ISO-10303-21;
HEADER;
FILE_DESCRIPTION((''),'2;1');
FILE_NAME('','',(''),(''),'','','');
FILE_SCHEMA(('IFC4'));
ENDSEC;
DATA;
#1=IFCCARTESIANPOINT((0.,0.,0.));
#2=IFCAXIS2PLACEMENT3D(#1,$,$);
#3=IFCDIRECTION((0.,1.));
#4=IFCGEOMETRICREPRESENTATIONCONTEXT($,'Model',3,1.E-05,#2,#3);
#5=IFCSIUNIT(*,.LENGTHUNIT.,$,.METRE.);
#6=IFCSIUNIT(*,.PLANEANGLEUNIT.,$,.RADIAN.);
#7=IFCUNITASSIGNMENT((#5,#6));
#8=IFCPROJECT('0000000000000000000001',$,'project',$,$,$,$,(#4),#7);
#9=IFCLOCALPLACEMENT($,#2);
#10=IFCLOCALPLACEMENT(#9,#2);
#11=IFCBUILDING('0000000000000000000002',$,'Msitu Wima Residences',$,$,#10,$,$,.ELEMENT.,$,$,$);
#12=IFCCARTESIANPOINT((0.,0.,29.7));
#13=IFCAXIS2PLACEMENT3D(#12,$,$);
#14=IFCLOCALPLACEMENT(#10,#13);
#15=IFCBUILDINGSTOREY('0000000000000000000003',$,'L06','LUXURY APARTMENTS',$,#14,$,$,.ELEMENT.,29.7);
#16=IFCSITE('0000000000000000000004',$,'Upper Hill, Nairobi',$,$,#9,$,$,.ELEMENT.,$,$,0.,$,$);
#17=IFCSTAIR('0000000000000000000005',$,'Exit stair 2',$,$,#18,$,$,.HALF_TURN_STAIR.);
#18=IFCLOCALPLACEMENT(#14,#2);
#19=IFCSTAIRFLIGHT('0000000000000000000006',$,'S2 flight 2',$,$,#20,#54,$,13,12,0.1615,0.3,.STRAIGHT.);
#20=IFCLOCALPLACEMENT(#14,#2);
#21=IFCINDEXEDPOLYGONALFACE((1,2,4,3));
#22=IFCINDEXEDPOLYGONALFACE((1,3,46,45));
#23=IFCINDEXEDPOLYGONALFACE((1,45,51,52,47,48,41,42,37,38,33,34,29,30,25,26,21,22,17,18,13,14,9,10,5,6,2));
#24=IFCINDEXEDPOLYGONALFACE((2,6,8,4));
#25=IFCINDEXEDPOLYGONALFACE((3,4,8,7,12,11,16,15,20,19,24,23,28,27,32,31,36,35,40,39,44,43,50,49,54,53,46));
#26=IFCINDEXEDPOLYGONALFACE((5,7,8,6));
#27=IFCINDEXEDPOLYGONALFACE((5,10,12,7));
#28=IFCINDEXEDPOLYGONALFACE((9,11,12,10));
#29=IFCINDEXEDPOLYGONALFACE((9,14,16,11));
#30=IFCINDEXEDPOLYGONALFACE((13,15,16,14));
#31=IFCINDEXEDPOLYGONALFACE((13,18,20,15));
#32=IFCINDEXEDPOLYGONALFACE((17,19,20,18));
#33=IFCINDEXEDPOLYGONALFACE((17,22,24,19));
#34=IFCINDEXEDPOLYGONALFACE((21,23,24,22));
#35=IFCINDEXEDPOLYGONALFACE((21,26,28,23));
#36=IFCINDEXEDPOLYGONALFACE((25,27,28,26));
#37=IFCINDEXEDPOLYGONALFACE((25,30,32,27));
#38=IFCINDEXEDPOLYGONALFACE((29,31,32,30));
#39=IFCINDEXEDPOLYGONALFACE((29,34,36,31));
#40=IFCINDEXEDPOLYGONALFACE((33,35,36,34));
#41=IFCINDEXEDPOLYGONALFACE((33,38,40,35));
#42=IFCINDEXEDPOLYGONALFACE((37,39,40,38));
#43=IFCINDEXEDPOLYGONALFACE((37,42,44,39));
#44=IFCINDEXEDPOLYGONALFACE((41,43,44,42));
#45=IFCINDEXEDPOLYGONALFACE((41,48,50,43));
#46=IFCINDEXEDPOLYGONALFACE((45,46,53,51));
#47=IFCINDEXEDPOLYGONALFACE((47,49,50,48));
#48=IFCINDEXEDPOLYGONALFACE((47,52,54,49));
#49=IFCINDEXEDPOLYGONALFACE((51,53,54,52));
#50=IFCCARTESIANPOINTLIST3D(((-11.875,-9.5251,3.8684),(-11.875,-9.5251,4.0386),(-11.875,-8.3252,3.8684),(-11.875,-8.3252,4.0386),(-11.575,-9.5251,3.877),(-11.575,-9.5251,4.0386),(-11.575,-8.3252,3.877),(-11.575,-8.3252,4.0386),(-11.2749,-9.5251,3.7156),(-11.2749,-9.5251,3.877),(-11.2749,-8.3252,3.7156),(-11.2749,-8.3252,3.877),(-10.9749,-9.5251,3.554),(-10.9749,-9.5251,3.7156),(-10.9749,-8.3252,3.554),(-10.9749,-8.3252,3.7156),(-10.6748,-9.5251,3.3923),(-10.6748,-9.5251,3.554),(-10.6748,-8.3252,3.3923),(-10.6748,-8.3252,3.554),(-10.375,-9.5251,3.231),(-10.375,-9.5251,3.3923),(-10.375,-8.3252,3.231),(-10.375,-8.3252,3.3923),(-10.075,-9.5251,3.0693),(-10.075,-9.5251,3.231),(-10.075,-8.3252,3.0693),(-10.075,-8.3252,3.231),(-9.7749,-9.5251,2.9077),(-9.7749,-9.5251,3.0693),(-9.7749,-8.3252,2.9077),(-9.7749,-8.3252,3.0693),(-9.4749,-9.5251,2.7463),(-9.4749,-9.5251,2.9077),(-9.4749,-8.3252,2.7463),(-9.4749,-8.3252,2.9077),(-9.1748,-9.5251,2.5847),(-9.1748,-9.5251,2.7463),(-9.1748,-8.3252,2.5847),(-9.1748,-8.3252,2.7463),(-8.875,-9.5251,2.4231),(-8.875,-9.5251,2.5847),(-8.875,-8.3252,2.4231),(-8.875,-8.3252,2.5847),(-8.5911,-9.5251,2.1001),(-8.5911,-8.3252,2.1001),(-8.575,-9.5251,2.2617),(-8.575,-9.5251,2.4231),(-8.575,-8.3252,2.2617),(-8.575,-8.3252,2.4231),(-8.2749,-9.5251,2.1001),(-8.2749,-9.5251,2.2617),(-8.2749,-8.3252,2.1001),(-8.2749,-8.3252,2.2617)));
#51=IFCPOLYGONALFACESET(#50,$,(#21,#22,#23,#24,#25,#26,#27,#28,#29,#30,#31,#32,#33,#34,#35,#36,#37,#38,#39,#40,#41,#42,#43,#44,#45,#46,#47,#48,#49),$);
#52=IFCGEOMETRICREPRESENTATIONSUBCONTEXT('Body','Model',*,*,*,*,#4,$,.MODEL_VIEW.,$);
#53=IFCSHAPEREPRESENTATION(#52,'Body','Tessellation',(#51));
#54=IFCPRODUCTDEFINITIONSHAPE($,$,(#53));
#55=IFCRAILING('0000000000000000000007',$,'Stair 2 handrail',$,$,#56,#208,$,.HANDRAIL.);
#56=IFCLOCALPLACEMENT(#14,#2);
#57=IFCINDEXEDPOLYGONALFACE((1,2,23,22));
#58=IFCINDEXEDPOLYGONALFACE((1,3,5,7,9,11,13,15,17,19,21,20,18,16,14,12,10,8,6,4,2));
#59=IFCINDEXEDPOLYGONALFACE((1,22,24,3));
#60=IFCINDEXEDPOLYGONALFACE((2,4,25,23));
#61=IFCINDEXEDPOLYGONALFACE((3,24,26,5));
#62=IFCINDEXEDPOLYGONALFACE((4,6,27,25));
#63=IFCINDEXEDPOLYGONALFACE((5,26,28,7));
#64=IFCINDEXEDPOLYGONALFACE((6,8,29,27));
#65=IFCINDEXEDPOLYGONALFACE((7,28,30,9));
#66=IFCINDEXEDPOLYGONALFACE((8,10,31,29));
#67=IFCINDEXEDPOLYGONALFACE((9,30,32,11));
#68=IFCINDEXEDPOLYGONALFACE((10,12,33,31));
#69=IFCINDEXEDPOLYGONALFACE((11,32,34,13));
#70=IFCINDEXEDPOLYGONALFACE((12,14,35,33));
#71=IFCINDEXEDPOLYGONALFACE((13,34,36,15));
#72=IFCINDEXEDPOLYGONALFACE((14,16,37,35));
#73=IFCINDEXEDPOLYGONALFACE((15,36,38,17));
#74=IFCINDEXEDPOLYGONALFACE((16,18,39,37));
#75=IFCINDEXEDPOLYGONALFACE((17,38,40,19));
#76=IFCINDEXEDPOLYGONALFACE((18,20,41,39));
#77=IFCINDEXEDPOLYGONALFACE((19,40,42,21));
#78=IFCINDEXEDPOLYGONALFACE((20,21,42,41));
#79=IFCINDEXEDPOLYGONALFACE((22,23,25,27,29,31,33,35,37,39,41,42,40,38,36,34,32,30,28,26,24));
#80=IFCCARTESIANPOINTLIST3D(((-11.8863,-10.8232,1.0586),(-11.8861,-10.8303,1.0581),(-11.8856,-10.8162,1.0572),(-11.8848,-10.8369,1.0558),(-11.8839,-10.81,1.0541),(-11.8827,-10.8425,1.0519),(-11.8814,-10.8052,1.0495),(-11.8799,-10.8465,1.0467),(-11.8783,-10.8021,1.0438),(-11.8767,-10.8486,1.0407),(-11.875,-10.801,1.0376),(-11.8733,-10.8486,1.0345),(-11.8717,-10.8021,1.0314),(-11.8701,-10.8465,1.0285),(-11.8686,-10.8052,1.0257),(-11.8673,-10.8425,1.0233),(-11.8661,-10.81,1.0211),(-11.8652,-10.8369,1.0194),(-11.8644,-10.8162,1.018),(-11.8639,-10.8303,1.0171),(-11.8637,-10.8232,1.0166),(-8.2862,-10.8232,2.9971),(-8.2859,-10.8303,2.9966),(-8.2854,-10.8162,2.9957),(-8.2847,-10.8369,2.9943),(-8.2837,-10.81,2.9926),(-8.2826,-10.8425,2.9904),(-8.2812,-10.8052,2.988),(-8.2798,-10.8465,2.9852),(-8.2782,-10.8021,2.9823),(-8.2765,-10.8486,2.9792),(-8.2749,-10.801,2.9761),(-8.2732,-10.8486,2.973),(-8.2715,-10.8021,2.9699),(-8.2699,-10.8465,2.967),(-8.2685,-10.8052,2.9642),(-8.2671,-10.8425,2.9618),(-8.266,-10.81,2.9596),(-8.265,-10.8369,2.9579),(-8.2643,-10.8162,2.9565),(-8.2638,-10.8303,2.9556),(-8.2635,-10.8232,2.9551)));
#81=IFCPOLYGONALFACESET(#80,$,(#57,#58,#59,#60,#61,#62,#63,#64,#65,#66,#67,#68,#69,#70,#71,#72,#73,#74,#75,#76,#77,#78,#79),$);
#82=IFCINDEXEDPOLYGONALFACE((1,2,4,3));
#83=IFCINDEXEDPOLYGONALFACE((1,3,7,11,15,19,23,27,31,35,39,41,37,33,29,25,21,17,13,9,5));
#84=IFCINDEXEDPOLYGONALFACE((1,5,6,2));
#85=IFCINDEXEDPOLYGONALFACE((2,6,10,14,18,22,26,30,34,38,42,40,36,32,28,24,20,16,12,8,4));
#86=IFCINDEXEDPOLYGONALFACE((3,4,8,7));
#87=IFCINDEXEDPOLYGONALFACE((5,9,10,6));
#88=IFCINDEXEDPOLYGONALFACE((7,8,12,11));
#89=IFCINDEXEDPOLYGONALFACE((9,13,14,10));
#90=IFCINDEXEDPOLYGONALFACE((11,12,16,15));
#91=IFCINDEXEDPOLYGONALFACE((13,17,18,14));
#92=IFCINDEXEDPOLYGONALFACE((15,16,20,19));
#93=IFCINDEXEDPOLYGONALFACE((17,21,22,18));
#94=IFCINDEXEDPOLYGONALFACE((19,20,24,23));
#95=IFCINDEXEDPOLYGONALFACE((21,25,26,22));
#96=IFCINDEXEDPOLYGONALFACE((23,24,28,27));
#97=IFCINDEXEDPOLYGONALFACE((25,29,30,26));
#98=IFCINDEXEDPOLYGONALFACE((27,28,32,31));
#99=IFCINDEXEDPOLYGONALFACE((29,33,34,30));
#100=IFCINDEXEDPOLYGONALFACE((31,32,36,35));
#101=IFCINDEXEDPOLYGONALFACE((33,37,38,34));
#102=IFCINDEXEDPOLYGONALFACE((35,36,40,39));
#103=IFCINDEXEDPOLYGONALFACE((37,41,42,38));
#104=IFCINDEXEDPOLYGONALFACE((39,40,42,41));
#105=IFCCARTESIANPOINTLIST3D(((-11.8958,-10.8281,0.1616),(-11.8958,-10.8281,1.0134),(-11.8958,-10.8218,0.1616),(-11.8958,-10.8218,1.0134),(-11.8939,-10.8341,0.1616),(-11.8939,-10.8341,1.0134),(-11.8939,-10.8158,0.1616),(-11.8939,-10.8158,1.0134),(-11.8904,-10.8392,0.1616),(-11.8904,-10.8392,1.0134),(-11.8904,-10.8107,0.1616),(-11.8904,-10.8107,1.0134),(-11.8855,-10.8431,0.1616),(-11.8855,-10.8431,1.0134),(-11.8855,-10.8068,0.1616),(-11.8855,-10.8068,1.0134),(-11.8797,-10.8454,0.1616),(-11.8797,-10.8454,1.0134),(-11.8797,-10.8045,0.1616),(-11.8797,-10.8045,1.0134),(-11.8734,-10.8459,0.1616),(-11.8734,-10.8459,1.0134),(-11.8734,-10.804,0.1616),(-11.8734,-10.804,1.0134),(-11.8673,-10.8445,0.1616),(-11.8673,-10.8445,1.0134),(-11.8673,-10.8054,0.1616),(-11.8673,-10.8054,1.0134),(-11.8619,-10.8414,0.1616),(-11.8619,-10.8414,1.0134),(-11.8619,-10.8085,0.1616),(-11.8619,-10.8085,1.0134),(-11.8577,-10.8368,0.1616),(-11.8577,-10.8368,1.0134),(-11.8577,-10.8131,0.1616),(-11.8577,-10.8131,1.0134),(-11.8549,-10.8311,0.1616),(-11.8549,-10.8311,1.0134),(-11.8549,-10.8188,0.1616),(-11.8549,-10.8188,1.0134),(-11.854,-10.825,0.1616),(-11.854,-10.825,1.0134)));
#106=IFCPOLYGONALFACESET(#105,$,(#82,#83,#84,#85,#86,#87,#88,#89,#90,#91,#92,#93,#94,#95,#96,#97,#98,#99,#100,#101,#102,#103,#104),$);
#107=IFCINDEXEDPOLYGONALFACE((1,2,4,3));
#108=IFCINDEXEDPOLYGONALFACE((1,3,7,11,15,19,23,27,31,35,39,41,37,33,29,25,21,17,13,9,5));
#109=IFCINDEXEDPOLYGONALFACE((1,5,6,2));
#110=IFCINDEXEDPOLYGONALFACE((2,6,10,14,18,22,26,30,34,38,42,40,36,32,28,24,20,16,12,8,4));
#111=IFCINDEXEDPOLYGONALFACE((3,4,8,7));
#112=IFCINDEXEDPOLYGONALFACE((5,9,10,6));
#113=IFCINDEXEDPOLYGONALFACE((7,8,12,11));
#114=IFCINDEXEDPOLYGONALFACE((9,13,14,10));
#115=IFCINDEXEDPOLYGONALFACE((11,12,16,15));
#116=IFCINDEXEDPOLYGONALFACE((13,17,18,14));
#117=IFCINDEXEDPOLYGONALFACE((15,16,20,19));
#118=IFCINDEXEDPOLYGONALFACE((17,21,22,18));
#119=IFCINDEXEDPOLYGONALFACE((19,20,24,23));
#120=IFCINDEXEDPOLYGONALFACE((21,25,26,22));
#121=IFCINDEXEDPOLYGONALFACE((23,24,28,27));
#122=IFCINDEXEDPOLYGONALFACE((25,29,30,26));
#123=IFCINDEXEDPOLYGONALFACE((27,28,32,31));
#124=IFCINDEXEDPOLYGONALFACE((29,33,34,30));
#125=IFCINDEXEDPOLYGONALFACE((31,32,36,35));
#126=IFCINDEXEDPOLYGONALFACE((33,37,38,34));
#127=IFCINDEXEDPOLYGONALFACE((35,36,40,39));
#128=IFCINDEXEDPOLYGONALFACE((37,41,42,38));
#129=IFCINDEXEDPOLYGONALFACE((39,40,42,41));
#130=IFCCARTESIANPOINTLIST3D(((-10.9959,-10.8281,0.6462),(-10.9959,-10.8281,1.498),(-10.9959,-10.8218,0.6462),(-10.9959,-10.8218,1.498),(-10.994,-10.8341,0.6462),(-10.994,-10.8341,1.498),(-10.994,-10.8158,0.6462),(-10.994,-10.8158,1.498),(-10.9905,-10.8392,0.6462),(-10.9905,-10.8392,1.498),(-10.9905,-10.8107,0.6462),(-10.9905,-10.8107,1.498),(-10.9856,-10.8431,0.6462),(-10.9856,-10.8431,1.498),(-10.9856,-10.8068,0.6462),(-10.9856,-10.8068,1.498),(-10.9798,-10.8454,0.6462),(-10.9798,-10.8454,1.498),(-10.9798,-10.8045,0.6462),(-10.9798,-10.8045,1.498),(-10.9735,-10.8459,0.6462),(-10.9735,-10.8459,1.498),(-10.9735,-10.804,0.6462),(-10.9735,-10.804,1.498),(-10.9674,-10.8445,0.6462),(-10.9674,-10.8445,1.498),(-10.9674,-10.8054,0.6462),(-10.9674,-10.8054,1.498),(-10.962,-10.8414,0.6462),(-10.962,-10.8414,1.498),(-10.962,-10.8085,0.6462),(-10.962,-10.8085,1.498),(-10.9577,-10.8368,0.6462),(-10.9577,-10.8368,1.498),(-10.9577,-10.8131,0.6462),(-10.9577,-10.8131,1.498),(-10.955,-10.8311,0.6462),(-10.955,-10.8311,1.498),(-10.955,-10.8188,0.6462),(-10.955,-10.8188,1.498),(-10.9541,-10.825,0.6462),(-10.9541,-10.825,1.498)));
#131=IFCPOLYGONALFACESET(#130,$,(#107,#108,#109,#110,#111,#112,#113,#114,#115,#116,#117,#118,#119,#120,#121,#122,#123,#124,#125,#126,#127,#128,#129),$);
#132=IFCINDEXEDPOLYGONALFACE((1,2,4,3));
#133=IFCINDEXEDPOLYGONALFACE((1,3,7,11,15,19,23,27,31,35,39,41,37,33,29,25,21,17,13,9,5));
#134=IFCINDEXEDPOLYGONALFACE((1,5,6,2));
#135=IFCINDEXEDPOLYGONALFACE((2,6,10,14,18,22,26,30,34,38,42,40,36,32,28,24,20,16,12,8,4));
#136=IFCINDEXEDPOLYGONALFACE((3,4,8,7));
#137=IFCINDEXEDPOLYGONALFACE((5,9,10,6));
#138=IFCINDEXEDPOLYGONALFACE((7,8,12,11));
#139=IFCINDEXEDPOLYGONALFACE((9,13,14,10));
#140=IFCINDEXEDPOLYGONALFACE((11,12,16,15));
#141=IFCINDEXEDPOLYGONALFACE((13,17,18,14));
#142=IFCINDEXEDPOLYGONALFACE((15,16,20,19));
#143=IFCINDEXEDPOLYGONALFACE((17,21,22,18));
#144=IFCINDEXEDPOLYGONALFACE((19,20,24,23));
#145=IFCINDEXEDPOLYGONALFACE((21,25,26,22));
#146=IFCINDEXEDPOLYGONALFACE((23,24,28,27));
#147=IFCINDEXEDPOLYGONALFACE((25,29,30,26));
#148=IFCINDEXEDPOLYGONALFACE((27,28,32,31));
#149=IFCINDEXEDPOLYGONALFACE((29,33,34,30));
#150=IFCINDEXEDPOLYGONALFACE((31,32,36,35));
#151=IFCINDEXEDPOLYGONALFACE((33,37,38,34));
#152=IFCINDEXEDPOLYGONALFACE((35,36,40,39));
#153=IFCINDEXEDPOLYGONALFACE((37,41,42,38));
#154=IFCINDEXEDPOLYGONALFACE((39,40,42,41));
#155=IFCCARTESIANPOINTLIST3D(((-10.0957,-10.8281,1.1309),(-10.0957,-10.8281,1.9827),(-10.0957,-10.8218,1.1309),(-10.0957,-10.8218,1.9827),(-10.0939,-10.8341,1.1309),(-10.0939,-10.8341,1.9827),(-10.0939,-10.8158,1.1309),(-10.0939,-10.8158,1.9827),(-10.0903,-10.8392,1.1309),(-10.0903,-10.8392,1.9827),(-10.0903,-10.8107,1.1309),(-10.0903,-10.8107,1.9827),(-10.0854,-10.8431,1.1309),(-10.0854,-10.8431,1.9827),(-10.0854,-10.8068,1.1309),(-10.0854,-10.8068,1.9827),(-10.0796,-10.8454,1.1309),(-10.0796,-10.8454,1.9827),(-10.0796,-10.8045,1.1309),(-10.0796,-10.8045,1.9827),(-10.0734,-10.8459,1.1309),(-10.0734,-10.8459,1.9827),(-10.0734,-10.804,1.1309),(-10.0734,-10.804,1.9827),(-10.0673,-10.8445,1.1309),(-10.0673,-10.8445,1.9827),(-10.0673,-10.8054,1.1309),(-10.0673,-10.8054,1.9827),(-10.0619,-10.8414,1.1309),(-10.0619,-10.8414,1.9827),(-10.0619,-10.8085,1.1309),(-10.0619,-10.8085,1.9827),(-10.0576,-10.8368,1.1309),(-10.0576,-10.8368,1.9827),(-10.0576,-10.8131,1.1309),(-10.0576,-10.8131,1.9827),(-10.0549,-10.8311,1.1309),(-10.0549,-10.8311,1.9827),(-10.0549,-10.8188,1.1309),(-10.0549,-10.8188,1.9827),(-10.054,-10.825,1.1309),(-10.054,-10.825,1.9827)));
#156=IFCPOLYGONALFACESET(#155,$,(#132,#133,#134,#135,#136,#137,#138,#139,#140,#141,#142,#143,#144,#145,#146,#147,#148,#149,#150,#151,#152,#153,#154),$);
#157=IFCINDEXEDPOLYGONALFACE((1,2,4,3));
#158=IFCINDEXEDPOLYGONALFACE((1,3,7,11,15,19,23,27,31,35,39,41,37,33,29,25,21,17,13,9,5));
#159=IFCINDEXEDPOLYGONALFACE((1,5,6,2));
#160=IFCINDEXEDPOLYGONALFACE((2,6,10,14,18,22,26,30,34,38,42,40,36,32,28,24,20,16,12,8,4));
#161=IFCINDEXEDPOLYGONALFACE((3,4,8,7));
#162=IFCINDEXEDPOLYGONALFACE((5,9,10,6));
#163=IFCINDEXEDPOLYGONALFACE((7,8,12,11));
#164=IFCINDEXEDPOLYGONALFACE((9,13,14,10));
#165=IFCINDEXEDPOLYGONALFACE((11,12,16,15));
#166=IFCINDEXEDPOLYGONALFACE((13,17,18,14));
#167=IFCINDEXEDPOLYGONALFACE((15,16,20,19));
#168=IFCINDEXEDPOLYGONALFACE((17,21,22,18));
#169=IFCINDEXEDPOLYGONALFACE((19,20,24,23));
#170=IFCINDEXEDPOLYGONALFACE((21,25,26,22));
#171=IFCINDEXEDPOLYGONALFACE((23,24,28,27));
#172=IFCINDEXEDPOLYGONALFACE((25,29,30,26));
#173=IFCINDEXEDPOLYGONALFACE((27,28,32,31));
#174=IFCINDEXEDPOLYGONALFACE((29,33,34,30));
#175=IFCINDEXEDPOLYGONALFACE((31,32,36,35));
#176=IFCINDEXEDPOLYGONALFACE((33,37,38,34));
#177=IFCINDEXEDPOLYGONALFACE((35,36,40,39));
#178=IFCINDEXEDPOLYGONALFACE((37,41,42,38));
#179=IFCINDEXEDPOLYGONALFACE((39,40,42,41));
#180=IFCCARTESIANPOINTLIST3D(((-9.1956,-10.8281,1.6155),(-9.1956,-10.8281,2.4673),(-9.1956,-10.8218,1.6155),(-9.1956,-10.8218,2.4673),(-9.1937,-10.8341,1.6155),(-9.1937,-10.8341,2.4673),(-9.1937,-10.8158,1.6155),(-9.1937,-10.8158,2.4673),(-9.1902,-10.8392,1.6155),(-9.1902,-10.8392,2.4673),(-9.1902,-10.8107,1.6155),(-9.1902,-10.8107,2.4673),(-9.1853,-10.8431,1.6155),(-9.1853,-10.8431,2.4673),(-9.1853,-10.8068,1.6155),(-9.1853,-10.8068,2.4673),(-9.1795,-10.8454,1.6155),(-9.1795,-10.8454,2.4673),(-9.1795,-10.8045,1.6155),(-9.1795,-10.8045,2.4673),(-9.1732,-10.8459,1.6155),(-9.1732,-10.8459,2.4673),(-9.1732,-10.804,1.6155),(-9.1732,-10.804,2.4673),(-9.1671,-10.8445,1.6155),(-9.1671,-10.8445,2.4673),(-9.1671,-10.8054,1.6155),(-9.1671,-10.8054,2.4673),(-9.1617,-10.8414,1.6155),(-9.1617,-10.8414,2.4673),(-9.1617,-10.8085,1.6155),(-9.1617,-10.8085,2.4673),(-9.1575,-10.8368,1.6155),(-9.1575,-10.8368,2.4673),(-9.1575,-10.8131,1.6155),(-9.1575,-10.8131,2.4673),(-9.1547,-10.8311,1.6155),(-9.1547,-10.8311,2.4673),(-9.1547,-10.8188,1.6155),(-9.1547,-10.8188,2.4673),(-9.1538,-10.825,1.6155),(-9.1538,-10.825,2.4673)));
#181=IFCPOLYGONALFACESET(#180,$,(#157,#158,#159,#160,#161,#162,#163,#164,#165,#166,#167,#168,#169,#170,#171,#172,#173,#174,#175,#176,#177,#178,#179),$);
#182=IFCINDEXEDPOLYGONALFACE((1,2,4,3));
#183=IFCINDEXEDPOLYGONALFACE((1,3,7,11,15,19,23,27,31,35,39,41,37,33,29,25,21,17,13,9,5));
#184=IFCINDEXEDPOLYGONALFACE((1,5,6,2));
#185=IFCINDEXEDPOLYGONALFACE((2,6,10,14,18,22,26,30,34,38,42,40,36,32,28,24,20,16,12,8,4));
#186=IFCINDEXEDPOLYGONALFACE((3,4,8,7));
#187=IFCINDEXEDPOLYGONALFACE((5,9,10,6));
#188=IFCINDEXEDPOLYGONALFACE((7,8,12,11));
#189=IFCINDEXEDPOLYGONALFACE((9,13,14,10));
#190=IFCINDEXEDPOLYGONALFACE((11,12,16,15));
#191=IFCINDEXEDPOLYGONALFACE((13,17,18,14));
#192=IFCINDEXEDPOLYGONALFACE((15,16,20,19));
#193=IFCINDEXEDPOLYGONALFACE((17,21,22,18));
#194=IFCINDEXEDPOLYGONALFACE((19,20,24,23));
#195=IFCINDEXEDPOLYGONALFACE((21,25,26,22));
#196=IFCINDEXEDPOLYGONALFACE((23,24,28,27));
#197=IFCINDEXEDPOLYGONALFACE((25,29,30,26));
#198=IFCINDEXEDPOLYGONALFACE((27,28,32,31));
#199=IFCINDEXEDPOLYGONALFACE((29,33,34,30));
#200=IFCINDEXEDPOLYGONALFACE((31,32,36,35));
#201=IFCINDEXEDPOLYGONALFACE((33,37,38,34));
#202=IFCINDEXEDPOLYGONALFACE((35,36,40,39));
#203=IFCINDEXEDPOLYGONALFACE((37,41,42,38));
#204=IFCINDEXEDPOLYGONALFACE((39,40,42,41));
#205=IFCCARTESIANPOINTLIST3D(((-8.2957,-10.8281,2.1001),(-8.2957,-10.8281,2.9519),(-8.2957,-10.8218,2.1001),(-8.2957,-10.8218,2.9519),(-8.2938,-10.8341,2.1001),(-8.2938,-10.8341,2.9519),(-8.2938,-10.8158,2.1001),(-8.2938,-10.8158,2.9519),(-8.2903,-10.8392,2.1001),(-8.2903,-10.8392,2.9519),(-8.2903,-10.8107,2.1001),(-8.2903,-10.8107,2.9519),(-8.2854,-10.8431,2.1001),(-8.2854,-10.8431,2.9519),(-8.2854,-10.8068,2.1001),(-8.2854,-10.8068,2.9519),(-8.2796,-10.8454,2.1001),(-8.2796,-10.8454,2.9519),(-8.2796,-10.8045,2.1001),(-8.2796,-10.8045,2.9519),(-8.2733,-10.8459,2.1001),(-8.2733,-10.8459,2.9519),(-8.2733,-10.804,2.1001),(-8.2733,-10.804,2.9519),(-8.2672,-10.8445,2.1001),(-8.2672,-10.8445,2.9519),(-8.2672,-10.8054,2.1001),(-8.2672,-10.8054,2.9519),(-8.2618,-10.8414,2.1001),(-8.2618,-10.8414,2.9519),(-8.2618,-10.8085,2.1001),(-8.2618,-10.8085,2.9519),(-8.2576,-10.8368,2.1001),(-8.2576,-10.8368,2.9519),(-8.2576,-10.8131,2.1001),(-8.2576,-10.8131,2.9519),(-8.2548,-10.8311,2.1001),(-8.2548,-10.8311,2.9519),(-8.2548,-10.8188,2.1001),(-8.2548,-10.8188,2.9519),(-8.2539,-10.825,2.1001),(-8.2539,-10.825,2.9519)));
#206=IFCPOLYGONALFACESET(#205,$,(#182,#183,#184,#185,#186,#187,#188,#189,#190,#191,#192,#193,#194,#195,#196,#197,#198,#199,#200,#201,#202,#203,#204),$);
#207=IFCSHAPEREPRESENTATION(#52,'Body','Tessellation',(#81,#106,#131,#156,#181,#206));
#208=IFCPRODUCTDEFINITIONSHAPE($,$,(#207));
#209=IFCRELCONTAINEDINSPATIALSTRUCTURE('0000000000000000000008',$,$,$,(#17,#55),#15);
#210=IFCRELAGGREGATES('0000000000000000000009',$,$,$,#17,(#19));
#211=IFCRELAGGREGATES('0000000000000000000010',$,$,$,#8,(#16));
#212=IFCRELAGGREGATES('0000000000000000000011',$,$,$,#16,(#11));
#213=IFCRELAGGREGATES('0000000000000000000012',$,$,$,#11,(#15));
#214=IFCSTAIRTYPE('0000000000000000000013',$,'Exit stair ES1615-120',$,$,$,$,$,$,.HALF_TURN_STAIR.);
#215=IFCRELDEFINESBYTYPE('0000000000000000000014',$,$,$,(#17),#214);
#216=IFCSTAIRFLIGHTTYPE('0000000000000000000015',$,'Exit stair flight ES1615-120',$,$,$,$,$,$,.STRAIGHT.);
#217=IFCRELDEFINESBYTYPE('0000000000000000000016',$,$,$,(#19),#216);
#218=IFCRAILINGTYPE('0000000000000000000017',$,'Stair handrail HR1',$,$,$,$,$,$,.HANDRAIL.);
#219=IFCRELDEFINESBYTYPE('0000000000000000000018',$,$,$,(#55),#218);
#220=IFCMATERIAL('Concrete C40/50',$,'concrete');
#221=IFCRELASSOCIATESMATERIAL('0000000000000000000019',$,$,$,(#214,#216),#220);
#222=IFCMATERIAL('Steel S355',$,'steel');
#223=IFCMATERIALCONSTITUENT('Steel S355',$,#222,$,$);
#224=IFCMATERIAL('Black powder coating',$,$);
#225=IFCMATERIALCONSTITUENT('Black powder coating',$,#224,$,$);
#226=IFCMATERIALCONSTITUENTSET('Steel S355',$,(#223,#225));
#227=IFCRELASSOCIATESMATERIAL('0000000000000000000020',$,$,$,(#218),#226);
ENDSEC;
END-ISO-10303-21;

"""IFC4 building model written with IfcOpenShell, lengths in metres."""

from ifc_helpers import new_model, si_unit, direction, frame, origin, origin_2d, place, context, subcontext, project, spatial, polyline, circle, outline, extrude, material, constituent, constituent_set, type_object, element, aggregate, save


model = new_model("IFC4")

# Units and contexts
model_context = context("Model", 3, precision=1e-05, world=origin(), true_north=direction((0.0, 1.0)))
body_context = subcontext(model_context, "Body", "Model", "MODEL_VIEW")
ifc_project = project(units=[si_unit("LENGTHUNIT", "METRE"), si_unit("PLANEANGLEUNIT", "RADIAN")], contexts=[model_context])

# Site, building, storey
site_placement = place(None, origin())
site = spatial("IfcSite", under=ifc_project, at=site_placement, Name="Upper Hill, Nairobi", CompositionType="ELEMENT", RefElevation=0.0)
building_placement = place(site_placement, origin())
building = spatial("IfcBuilding", under=site, at=building_placement, Name="Msitu Wima Residences", CompositionType="ELEMENT")
storey_placement = place(building_placement, frame((0.0, 0.0, 29.7)))
storey = spatial("IfcBuildingStorey", under=building, at=storey_placement, Name="L06", Description="LUXURY APARTMENTS", CompositionType="ELEMENT", Elevation=29.7)

# Stair, stair flight
ifc_material_1 = material(Name="Concrete C40/50", Category="concrete")
stair_type = type_object("IfcStairType", Name="Exit stair ES1615-120", PredefinedType="HALF_TURN_STAIR", material=ifc_material_1)
stair_placement = place(storey_placement, origin())
stair = element("IfcStair", 1, at=stair_placement, inside=storey, type_object=stair_type, Name="Exit stair 2", PredefinedType="HALF_TURN_STAIR")
stair_flight_type = type_object("IfcStairFlightType", Name="Exit stair flight ES1615-120", PredefinedType="STRAIGHT", material=ifc_material_1)
stair_flight_1_placement = place(storey_placement, frame((-8.2749, -8.925, 2.1001), z_axis=(0.0, 0.0, 1.0), x_axis=(-1.0, 0.0, 0.0)))
stair_flight_1 = element("IfcStairFlight", 2, at=stair_flight_1_placement, type_object=stair_flight_type, Name="S2 flight 2", NumberOfRisers=13, NumberOfTreads=12, PredefinedType="STRAIGHT", RiserHeight=0.1615, TreadLength=0.3, context=body_context, shape_type="SweptSolid", body=[
    extrude(outline(polyline([(0.0, 0.0), (0.0, 0.1616), (0.3, 0.1616), (0.3, 0.323), (0.6001, 0.323), (0.6001, 0.4846), (0.8999, 0.4846), (0.8999, 0.6462), (1.2, 0.6462), (1.2, 0.8076), (1.5, 0.8076), (1.5, 0.9692), (1.8, 0.9692), (1.8, 1.1309), (2.1001, 1.1309), (2.1001, 1.2922), (2.3999, 1.2922), (2.3999, 1.4539), (2.7, 1.4539), (2.7, 1.6155), (3.0, 1.6155), (3.0, 1.7769), (3.3, 1.7769), (3.3, 1.9385), (3.6001, 1.9385), (3.6001, 2.1001), (3.6001, 1.7683), (0.3162, 0.0), (0.0, 0.0)])), frame((0.0, 0.6001, 0.0), z_axis=(0.0, -1.0, 0.0), x_axis=(1.0, 0.0, 0.0)), (0.0, 0.0, 1.0), 1.2),
])
aggregate(stair, [stair_flight_1])

# Railing
ifc_material_2 = material(Name="Steel S355", Category="steel")
ifc_constituent_1 = constituent(ifc_material_2, Name="Steel S355")
ifc_material_3 = material(Name="Black powder coating")
ifc_constituent_2 = constituent(ifc_material_3, Name="Black powder coating")
ifc_constituent_set = constituent_set(constituents=[ifc_constituent_1, ifc_constituent_2], Name="Steel S355")
railing_type = type_object("IfcRailingType", Name="Stair handrail HR1", PredefinedType="HANDRAIL", material=ifc_constituent_set)
for number, where, name in (
    (3, (-11.875, -10.825, 0.1616), "Stair 2 handrail"),
):
    element("IfcRailing", number, at=place(storey_placement, frame(where)), inside=storey, type_object=railing_type, Name=name, PredefinedType="HANDRAIL", context=body_context, shape_type="SweptSolid", body=[
        extrude(circle(Radius=0.0239, at=origin_2d()), frame((0.0, 0.0, 0.876), z_axis=(0.880475, 0.0, 0.474093), x_axis=(0.0, 1.0, 0.0)), (0.0, 0.0, 1.0), 4.0889),
        extrude(circle(Radius=0.021, at=origin_2d()), origin(), (0.0, 0.0, 1.0), 0.8518),
        extrude(circle(Radius=0.021, at=origin_2d()), frame((0.8999, 0.0, 0.4846)), (0.0, 0.0, 1.0), 0.8518),
        extrude(circle(Radius=0.021, at=origin_2d()), frame((1.8, 0.0, 0.9692)), (0.0, 0.0, 1.0), 0.8518),
        extrude(circle(Radius=0.021, at=origin_2d()), frame((2.7002, 0.0, 1.4539)), (0.0, 0.0, 1.0), 0.8518),
        extrude(circle(Radius=0.021, at=origin_2d()), frame((3.6001, 0.0, 1.9385)), (0.0, 0.0, 1.0), 0.8518),
    ])

save(model, "model.ifc")
